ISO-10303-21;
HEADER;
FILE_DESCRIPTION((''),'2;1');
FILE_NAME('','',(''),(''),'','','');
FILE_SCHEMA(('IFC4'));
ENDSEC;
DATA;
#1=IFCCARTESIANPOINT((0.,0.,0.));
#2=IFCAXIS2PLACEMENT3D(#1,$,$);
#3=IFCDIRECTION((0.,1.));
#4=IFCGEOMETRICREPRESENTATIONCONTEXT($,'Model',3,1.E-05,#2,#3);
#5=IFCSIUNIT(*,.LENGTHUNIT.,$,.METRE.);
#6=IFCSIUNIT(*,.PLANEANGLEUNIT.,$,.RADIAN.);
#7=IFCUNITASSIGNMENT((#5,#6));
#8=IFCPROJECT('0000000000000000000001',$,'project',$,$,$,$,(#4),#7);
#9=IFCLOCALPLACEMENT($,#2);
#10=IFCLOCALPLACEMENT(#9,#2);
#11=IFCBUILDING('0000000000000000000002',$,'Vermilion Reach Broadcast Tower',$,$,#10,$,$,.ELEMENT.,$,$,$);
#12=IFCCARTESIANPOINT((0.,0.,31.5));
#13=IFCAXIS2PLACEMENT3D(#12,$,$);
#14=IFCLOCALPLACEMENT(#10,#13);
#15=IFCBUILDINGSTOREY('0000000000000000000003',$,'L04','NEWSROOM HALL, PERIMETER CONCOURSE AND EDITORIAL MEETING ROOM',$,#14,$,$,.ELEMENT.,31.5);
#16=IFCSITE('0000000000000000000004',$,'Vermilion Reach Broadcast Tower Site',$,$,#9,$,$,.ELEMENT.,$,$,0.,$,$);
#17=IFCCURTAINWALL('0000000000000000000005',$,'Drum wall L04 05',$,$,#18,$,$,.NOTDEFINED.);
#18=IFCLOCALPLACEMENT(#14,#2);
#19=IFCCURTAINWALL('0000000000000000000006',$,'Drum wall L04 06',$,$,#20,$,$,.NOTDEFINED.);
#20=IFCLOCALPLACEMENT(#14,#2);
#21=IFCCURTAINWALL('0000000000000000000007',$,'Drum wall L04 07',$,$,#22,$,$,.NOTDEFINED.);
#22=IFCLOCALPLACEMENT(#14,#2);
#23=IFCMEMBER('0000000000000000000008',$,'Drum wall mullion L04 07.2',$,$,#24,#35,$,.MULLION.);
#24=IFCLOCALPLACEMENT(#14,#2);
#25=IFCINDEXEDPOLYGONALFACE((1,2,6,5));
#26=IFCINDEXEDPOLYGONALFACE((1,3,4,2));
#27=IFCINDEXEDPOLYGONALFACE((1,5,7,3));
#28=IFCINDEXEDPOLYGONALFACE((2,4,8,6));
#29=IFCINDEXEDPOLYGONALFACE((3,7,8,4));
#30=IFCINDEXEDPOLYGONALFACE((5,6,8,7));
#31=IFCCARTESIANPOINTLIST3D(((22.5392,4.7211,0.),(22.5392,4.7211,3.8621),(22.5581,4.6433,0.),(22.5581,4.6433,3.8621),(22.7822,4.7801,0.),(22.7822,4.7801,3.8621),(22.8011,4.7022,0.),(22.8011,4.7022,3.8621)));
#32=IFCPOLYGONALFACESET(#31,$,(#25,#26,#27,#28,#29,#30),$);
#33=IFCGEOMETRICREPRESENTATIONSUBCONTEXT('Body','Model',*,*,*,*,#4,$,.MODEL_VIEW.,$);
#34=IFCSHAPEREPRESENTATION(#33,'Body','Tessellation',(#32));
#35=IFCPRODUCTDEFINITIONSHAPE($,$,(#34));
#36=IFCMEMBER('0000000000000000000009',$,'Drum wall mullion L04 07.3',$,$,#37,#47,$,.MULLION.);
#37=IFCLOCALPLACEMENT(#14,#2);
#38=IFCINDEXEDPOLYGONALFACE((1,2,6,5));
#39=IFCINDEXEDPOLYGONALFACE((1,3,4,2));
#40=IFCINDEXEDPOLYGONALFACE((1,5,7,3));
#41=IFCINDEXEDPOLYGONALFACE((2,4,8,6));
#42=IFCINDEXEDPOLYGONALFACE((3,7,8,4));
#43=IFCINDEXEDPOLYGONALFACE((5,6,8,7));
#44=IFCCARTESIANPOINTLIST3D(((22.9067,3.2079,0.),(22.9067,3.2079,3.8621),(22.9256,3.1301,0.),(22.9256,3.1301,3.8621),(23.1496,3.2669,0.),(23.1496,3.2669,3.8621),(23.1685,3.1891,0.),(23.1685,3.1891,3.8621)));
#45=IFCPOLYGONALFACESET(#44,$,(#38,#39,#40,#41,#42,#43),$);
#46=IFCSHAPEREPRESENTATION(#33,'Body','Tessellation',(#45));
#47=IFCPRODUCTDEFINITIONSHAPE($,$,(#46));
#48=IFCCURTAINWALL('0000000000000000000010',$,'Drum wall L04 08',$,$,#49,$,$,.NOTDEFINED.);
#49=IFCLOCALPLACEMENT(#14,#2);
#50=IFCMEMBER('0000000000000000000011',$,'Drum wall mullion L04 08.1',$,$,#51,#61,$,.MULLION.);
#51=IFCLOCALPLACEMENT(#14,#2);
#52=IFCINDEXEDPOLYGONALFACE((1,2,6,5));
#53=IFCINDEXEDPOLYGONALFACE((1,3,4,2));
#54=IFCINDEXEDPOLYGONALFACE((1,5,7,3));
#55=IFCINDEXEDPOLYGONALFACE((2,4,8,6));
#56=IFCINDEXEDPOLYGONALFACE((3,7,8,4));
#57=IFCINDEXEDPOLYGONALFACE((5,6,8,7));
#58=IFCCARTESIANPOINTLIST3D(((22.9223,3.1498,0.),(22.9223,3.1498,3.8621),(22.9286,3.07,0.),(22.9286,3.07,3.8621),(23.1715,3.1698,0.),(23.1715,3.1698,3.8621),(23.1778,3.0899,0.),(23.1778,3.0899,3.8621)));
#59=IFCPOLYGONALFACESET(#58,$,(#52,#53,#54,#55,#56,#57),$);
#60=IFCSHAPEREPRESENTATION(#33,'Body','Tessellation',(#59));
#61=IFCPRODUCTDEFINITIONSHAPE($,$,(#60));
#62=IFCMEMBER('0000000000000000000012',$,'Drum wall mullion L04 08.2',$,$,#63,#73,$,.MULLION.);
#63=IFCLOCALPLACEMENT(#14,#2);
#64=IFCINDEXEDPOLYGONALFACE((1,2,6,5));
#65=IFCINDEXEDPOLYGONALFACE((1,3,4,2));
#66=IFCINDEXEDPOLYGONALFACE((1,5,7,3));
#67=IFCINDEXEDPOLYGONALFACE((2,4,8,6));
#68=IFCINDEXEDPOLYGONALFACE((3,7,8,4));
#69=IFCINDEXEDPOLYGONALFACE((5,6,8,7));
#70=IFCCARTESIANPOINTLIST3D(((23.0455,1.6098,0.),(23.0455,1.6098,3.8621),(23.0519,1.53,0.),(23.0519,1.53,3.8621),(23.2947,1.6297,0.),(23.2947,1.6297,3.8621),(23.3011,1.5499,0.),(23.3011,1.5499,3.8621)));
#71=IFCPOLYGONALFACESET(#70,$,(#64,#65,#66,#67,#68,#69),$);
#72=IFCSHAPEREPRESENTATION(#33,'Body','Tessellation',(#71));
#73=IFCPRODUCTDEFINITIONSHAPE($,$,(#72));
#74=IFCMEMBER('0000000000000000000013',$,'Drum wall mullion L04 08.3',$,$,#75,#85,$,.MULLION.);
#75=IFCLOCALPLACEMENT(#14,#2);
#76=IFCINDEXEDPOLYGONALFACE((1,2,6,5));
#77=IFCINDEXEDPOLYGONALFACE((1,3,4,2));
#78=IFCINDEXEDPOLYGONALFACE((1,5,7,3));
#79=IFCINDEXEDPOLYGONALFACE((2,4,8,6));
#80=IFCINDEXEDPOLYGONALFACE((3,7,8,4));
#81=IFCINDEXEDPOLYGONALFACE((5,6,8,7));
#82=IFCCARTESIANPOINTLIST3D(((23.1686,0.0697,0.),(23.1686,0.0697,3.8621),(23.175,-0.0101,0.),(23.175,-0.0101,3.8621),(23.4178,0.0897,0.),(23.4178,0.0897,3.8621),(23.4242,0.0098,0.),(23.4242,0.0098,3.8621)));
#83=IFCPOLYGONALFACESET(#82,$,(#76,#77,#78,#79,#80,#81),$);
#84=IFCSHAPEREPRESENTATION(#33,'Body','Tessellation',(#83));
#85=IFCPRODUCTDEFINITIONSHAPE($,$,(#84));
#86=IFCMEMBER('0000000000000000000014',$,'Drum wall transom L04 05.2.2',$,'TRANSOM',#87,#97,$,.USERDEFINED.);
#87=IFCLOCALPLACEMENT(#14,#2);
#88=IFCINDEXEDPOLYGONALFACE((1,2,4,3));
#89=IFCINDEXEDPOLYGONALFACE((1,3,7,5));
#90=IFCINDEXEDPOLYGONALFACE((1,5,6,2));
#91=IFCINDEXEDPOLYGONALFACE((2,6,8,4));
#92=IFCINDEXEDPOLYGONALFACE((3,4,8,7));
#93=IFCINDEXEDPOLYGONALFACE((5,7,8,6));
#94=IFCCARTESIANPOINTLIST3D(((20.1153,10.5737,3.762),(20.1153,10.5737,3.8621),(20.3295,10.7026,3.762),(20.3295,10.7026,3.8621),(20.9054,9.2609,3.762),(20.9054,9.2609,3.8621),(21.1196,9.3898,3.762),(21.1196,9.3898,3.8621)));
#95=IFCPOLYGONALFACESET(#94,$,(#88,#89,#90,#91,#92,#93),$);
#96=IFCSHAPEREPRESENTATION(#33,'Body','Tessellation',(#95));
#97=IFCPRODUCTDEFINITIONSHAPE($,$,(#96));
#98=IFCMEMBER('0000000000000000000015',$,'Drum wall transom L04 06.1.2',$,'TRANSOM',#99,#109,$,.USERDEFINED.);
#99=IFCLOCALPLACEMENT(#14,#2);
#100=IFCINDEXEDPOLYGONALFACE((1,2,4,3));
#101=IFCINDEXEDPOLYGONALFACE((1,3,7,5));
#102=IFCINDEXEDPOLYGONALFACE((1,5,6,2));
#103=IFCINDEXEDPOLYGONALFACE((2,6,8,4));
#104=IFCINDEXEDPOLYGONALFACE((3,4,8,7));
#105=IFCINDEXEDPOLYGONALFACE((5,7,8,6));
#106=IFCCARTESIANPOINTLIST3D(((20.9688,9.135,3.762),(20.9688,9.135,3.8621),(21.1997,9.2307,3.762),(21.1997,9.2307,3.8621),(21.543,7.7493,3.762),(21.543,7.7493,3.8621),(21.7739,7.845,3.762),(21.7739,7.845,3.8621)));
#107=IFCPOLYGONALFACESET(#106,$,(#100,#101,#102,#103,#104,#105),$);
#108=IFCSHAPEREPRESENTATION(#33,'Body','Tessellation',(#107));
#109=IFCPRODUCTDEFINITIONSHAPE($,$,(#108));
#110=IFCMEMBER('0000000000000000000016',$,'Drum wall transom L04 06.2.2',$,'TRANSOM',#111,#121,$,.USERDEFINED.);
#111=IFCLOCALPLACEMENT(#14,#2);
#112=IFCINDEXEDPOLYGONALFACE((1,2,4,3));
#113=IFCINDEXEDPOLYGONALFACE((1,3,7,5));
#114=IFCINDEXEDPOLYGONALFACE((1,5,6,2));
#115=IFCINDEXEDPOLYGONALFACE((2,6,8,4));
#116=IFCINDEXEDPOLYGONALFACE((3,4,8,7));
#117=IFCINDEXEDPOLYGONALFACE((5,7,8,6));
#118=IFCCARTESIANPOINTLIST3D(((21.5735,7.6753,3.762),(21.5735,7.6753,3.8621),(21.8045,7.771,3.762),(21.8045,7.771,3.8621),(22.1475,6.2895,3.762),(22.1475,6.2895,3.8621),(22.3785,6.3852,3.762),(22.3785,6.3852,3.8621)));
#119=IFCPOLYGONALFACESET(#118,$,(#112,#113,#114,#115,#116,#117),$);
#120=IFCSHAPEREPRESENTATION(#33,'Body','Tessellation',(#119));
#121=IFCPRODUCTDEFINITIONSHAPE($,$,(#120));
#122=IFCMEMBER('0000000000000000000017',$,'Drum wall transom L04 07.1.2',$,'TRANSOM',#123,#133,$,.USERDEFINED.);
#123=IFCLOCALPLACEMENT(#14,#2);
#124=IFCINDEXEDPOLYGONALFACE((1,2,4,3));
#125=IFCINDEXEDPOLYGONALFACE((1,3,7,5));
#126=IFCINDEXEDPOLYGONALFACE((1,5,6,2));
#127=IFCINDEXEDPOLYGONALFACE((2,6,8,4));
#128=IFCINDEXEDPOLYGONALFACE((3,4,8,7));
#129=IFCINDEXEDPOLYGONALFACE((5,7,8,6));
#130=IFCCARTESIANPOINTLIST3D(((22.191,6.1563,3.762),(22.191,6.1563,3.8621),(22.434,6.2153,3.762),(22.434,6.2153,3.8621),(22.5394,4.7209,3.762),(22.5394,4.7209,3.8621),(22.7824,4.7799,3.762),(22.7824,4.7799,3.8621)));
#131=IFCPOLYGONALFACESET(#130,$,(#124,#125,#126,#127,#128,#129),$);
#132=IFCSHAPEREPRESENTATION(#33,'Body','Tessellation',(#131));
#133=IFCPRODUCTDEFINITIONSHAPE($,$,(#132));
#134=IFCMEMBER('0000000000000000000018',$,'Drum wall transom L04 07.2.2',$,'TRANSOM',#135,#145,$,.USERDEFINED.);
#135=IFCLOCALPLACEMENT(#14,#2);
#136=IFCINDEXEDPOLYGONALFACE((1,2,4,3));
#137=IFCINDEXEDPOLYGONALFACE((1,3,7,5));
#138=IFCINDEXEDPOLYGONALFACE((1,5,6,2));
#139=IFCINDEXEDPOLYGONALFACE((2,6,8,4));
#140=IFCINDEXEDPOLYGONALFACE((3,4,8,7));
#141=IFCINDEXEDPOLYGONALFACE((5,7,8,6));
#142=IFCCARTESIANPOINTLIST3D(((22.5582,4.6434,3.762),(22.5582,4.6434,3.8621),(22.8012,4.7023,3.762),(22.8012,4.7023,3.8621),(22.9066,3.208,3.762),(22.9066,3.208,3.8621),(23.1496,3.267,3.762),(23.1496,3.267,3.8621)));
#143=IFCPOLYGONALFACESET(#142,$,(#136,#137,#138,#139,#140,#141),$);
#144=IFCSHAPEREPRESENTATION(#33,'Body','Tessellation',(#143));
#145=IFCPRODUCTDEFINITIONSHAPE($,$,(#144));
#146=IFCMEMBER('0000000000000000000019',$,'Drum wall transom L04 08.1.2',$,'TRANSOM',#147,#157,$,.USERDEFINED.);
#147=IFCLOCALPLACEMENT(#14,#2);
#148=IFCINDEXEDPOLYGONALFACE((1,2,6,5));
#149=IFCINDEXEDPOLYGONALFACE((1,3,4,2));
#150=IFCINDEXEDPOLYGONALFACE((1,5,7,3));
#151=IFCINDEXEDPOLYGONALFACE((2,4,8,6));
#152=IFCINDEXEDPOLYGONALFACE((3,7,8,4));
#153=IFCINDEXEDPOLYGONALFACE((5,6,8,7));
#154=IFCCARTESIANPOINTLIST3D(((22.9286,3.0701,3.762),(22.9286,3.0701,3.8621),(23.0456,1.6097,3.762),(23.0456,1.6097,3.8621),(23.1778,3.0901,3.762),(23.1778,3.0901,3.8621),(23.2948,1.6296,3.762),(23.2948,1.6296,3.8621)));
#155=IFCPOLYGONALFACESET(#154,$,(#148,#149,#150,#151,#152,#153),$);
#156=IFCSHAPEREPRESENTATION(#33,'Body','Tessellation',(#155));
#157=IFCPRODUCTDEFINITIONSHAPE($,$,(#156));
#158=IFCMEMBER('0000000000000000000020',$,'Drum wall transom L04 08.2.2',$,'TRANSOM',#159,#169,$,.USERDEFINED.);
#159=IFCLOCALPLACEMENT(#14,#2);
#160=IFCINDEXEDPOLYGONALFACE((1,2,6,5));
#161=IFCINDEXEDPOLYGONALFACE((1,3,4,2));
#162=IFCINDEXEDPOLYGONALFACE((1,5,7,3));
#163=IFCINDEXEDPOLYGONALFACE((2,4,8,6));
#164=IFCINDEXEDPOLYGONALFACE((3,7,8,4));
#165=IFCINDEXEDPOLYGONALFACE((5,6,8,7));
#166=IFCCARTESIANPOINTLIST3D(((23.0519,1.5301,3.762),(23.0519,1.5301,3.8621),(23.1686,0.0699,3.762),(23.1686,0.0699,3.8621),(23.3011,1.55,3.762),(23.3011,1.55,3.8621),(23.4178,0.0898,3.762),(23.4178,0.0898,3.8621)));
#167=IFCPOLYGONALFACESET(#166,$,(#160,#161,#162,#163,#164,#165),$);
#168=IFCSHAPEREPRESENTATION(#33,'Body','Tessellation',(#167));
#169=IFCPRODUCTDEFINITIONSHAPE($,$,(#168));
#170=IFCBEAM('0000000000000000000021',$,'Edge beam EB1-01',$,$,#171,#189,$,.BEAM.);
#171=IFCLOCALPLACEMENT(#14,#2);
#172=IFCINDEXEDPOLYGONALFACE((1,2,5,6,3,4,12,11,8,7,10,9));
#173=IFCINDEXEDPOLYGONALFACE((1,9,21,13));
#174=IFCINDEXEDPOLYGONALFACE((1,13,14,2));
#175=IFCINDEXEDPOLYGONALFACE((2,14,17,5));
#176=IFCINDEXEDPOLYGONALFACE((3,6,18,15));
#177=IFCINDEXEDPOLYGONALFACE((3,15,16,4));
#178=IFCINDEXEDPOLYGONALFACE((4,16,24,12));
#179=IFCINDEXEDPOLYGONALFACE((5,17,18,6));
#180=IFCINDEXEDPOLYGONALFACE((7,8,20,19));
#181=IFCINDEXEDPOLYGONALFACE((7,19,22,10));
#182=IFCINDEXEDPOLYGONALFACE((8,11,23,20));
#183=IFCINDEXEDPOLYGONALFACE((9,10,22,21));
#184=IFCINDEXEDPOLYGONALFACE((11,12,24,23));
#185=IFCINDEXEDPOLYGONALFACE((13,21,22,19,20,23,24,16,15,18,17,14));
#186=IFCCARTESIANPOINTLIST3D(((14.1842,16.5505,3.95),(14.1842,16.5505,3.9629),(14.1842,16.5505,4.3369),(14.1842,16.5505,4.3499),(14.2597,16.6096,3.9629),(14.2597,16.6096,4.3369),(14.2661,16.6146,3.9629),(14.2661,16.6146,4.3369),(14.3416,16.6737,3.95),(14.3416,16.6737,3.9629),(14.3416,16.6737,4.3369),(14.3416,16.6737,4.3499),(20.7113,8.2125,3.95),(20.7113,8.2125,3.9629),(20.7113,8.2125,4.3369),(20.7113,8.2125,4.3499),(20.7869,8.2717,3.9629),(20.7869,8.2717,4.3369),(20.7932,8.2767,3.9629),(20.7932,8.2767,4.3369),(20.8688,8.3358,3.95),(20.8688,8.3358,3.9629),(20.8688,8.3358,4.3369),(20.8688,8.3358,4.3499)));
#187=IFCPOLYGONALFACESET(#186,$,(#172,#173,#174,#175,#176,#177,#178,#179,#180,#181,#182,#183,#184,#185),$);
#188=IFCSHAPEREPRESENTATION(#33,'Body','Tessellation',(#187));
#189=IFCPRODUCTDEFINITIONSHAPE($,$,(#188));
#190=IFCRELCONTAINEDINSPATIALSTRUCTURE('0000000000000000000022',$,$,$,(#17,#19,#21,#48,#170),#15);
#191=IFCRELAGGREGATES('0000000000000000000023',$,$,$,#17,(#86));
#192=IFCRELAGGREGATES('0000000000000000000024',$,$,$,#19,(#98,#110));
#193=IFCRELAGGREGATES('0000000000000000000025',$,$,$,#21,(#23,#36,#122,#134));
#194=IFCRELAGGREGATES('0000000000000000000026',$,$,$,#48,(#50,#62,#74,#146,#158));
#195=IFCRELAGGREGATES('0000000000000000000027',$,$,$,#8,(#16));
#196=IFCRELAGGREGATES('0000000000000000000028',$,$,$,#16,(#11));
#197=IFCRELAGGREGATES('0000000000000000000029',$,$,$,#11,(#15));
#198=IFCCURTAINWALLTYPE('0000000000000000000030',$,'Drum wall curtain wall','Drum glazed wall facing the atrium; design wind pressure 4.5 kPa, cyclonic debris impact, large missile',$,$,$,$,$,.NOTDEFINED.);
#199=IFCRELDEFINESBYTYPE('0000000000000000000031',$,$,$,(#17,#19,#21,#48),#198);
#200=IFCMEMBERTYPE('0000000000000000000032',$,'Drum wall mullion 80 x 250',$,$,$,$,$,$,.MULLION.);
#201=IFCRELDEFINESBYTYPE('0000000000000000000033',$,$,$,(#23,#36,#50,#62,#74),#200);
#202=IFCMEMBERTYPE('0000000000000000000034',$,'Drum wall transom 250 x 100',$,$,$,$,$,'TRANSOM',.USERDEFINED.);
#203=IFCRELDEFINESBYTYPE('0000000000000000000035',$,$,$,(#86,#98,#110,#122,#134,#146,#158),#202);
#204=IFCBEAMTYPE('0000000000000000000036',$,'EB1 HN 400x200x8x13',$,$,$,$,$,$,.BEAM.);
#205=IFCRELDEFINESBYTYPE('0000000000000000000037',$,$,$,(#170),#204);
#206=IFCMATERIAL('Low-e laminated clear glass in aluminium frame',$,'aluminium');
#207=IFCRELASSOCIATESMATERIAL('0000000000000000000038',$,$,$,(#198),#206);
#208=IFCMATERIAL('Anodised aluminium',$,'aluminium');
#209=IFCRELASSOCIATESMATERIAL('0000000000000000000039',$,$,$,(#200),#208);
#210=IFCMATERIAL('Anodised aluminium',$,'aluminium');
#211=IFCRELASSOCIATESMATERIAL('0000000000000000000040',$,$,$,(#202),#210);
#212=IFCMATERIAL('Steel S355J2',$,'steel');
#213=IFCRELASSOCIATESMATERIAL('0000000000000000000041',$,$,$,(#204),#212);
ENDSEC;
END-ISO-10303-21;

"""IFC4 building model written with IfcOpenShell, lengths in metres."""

from ifc_helpers import new_model, si_unit, direction, frame, origin, origin_2d, place, context, subcontext, project, spatial, rectangle, i_section, extrude, material, material_profile, profile_set, type_object, element, aggregate, save


model = new_model("IFC4")

# Units and contexts
model_context = context("Model", 3, precision=1e-05, world=origin(), true_north=direction((0.0, 1.0)))
body_context = subcontext(model_context, "Body", "Model", "MODEL_VIEW")
ifc_project = project(units=[si_unit("LENGTHUNIT", "METRE"), si_unit("PLANEANGLEUNIT", "RADIAN")], contexts=[model_context])

# Site, building, storey
site_placement = place(None, origin())
site = spatial("IfcSite", under=ifc_project, at=site_placement, Name="Vermilion Reach Broadcast Tower Site", CompositionType="ELEMENT", RefElevation=0.0)
building_placement = place(site_placement, origin())
building = spatial("IfcBuilding", under=site, at=building_placement, Name="Vermilion Reach Broadcast Tower", CompositionType="ELEMENT")
storey_placement = place(building_placement, frame((0.0, 0.0, 31.5)))
storey = spatial("IfcBuildingStorey", under=building, at=storey_placement, Name="L04", Description="NEWSROOM HALL, PERIMETER CONCOURSE AND EDITORIAL MEETING ROOM", CompositionType="ELEMENT", Elevation=31.5)

# Curtain walls, members
ifc_material_1 = material(Name="Low-e laminated clear glass in aluminium frame", Category="aluminium")
curtain_wall_type = type_object("IfcCurtainWallType", Name="Drum wall curtain wall", Description="Drum glazed wall facing the atrium; design wind pressure 4.5 kPa, cyclonic debris impact, large missile", PredefinedType="NOTDEFINED", material=ifc_material_1)
placement = place(storey_placement, origin())
curtain_wall_1 = element("IfcCurtainWall", 1, at=placement, inside=storey, type_object=curtain_wall_type, Name="Drum wall L04 05", PredefinedType="NOTDEFINED")
ifc_material_2 = material(Name="Anodised aluminium", Category="aluminium")
ifc_material_profile_1 = material_profile(ifc_material_2, rectangle(XDim=0.25, YDim=0.0801, at=origin_2d()), Name="Drum wall mullion 80 x 250")
ifc_profile_set_1 = profile_set([ifc_material_profile_1], Name="Anodised aluminium")
member_type_1 = type_object("IfcMemberType", Name="Drum wall mullion 80 x 250", PredefinedType="MULLION", material=ifc_profile_set_1)
curtain_wall_2 = element("IfcCurtainWall", 2, at=placement, inside=storey, type_object=curtain_wall_type, Name="Drum wall L04 06", PredefinedType="NOTDEFINED")
curtain_wall_3 = element("IfcCurtainWall", 3, at=placement, inside=storey, type_object=curtain_wall_type, Name="Drum wall L04 07", PredefinedType="NOTDEFINED")
member_1_placement = place(storey_placement, frame((22.6702, 4.7117, 0.0), z_axis=(0.0, 0.0, 1.0), x_axis=(0.971783, 0.235877, 0.0)))
member_1 = element("IfcMember", 4, at=member_1_placement, type_object=member_type_1, Name="Drum wall mullion L04 07.2", PredefinedType="MULLION", context=body_context, shape_type="SweptSolid", body=[
    extrude(rectangle(XDim=0.25, YDim=0.0801, at=origin_2d()), origin(), (0.0, 0.0, 1.0), 3.8621),
])
member_2_placement = place(storey_placement, frame((23.0376, 3.1985, 0.0), z_axis=(0.0, 0.0, 1.0), x_axis=(0.971783, 0.235877, 0.0)))
member_2 = element("IfcMember", 5, at=member_2_placement, type_object=member_type_1, Name="Drum wall mullion L04 07.3", PredefinedType="MULLION", context=body_context, shape_type="SweptSolid", body=[
    extrude(rectangle(XDim=0.25, YDim=0.0801, at=origin_2d()), origin(), (0.0, 0.0, 1.0), 3.8621),
])
curtain_wall_4 = element("IfcCurtainWall", 6, at=placement, inside=storey, type_object=curtain_wall_type, Name="Drum wall L04 08", PredefinedType="NOTDEFINED")
member_3_placement = place(storey_placement, frame((23.05, 3.1199, 0.0), z_axis=(0.0, 0.0, 1.0), x_axis=(0.996817, 0.079726, 0.0)))
member_3 = element("IfcMember", 7, at=member_3_placement, type_object=member_type_1, Name="Drum wall mullion L04 08.1", PredefinedType="MULLION", context=body_context, shape_type="SweptSolid", body=[
    extrude(rectangle(XDim=0.25, YDim=0.0801, at=origin_2d()), origin(), (0.0, 0.0, 1.0), 3.8621),
])
member_4_placement = place(storey_placement, frame((23.1733, 1.5798, 0.0), z_axis=(0.0, 0.0, 1.0), x_axis=(0.996817, 0.079726, 0.0)))
member_4 = element("IfcMember", 8, at=member_4_placement, type_object=member_type_1, Name="Drum wall mullion L04 08.2", PredefinedType="MULLION", context=body_context, shape_type="SweptSolid", body=[
    extrude(rectangle(XDim=0.25, YDim=0.0801, at=origin_2d()), origin(), (0.0, 0.0, 1.0), 3.8621),
])
member_5_placement = place(storey_placement, frame((23.2964, 0.0398, 0.0), z_axis=(0.0, 0.0, 1.0), x_axis=(0.996817, 0.079726, 0.0)))
member_5 = element("IfcMember", 9, at=member_5_placement, type_object=member_type_1, Name="Drum wall mullion L04 08.3", PredefinedType="MULLION", context=body_context, shape_type="SweptSolid", body=[
    extrude(rectangle(XDim=0.25, YDim=0.0801, at=origin_2d()), origin(), (0.0, 0.0, 1.0), 3.8621),
])

# Members
ifc_material_3 = material(Name="Anodised aluminium", Category="aluminium")
ifc_material_profile_2 = material_profile(ifc_material_3, rectangle(XDim=0.25, YDim=0.1001, at=origin_2d()), Name="Drum wall transom 250 x 100")
ifc_profile_set_2 = profile_set([ifc_material_profile_2], Name="Anodised aluminium")
member_type_2 = type_object("IfcMemberType", Name="Drum wall transom 250 x 100", ElementType="TRANSOM", PredefinedType="USERDEFINED", material=ifc_profile_set_2)
member_6_placement = place(storey_placement, frame((20.2224, 10.6382, 3.812), z_axis=(0.515644, -0.856803, 0.0), x_axis=(0.856803, 0.515644, 0.0)))
member_6 = element("IfcMember", 10, at=member_6_placement, type_object=member_type_2, Name="Drum wall transom L04 05.2.2", ObjectType="TRANSOM", PredefinedType="USERDEFINED", context=body_context, shape_type="SweptSolid", body=[
    extrude(rectangle(XDim=0.25, YDim=0.1001, at=origin_2d()), origin(), (0.0, 0.0, 1.0), 1.5322),
])
member_7_placement = place(storey_placement, frame((21.0842, 9.1829, 3.812), z_axis=(0.382812, -0.923826, 0.0), x_axis=(0.923826, 0.382812, 0.0)))
member_7 = element("IfcMember", 11, at=member_7_placement, type_object=member_type_2, Name="Drum wall transom L04 06.1.2", ObjectType="TRANSOM", PredefinedType="USERDEFINED", context=body_context, shape_type="SweptSolid", body=[
    extrude(rectangle(XDim=0.25, YDim=0.1001, at=origin_2d()), origin(), (0.0, 0.0, 1.0), 1.5),
])
member_8_placement = place(storey_placement, frame((21.689, 7.7231, 3.812), z_axis=(0.382673, -0.923884, 0.0), x_axis=(0.923884, 0.382673, 0.0)))
member_8 = element("IfcMember", 12, at=member_8_placement, type_object=member_type_2, Name="Drum wall transom L04 06.2.2", ObjectType="TRANSOM", PredefinedType="USERDEFINED", context=body_context, shape_type="SweptSolid", body=[
    extrude(rectangle(XDim=0.25, YDim=0.1001, at=origin_2d()), origin(), (0.0, 0.0, 1.0), 1.5),
])
member_9_placement = place(storey_placement, frame((22.3125, 6.1858, 3.812), z_axis=(0.235879, -0.971782, 0.0), x_axis=(0.971782, 0.235879, 0.0)))
member_9 = element("IfcMember", 13, at=member_9_placement, type_object=member_type_2, Name="Drum wall transom L04 07.1.2", ObjectType="TRANSOM", PredefinedType="USERDEFINED", context=body_context, shape_type="SweptSolid", body=[
    extrude(rectangle(XDim=0.25, YDim=0.1001, at=origin_2d()), origin(), (0.0, 0.0, 1.0), 1.4771),
])
member_10_placement = place(storey_placement, frame((22.6797, 4.6729, 3.812), z_axis=(0.235879, -0.971782, 0.0), x_axis=(0.971782, 0.235879, 0.0)))
member_10 = element("IfcMember", 14, at=member_10_placement, type_object=member_type_2, Name="Drum wall transom L04 07.2.2", ObjectType="TRANSOM", PredefinedType="USERDEFINED", context=body_context, shape_type="SweptSolid", body=[
    extrude(rectangle(XDim=0.25, YDim=0.1001, at=origin_2d()), origin(), (0.0, 0.0, 1.0), 1.4771),
])
member_11_placement = place(storey_placement, frame((23.0532, 3.0801, 3.812), z_axis=(0.079818, -0.996809, 0.0), x_axis=(0.996809, 0.079818, 0.0)))
member_11 = element("IfcMember", 15, at=member_11_placement, type_object=member_type_2, Name="Drum wall transom L04 08.1.2", ObjectType="TRANSOM", PredefinedType="USERDEFINED", context=body_context, shape_type="SweptSolid", body=[
    extrude(rectangle(XDim=0.25, YDim=0.1001, at=origin_2d()), origin(), (0.0, 0.0, 1.0), 1.4651),
])
member_12_placement = place(storey_placement, frame((23.1765, 1.54, 3.812), z_axis=(0.079666, -0.996822, 0.0), x_axis=(0.996822, 0.079666, 0.0)))
member_12 = element("IfcMember", 16, at=member_12_placement, type_object=member_type_2, Name="Drum wall transom L04 08.2.2", ObjectType="TRANSOM", PredefinedType="USERDEFINED", context=body_context, shape_type="SweptSolid", body=[
    extrude(rectangle(XDim=0.25, YDim=0.1001, at=origin_2d()), origin(), (0.0, 0.0, 1.0), 1.4648),
])

# Beam
ifc_material_4 = material(Name="Steel S355J2", Category="steel")
ifc_material_profile_3 = material_profile(ifc_material_4, i_section(OverallWidth=0.2, OverallDepth=0.3999, WebThickness=0.0081, FlangeThickness=0.0129, at=origin_2d()), Name="S355J2 HN 400x200x8x13")
ifc_profile_set_3 = profile_set([ifc_material_profile_3], Name="Steel S355J2")
beam_type_1 = type_object("IfcBeamType", Name="EB1 HN 400x200x8x13", PredefinedType="BEAM", material=ifc_profile_set_3)
beam_1_placement = place(storey_placement, frame((20.79, 8.2742, 4.1499), z_axis=(-0.616413, 0.787423, 0.0), x_axis=(-0.787423, -0.616413, 0.0)))
element("IfcBeam", 17, at=beam_1_placement, inside=storey, type_object=beam_type_1, Name="Edge beam EB1-01", PredefinedType="BEAM", context=body_context, shape_type="SweptSolid", body=[
    extrude(i_section(OverallWidth=0.2, OverallDepth=0.3999, WebThickness=0.0081, FlangeThickness=0.0129, at=origin_2d()), origin(), (0.0, 0.0, 1.0), 10.5889),
])

aggregate(curtain_wall_1, [member_6])
aggregate(curtain_wall_2, [member_7, member_8])
aggregate(curtain_wall_3, [member_1, member_2, member_9, member_10])
aggregate(curtain_wall_4, [member_3, member_4, member_5, member_11, member_12])

save(model, "model.ifc")
